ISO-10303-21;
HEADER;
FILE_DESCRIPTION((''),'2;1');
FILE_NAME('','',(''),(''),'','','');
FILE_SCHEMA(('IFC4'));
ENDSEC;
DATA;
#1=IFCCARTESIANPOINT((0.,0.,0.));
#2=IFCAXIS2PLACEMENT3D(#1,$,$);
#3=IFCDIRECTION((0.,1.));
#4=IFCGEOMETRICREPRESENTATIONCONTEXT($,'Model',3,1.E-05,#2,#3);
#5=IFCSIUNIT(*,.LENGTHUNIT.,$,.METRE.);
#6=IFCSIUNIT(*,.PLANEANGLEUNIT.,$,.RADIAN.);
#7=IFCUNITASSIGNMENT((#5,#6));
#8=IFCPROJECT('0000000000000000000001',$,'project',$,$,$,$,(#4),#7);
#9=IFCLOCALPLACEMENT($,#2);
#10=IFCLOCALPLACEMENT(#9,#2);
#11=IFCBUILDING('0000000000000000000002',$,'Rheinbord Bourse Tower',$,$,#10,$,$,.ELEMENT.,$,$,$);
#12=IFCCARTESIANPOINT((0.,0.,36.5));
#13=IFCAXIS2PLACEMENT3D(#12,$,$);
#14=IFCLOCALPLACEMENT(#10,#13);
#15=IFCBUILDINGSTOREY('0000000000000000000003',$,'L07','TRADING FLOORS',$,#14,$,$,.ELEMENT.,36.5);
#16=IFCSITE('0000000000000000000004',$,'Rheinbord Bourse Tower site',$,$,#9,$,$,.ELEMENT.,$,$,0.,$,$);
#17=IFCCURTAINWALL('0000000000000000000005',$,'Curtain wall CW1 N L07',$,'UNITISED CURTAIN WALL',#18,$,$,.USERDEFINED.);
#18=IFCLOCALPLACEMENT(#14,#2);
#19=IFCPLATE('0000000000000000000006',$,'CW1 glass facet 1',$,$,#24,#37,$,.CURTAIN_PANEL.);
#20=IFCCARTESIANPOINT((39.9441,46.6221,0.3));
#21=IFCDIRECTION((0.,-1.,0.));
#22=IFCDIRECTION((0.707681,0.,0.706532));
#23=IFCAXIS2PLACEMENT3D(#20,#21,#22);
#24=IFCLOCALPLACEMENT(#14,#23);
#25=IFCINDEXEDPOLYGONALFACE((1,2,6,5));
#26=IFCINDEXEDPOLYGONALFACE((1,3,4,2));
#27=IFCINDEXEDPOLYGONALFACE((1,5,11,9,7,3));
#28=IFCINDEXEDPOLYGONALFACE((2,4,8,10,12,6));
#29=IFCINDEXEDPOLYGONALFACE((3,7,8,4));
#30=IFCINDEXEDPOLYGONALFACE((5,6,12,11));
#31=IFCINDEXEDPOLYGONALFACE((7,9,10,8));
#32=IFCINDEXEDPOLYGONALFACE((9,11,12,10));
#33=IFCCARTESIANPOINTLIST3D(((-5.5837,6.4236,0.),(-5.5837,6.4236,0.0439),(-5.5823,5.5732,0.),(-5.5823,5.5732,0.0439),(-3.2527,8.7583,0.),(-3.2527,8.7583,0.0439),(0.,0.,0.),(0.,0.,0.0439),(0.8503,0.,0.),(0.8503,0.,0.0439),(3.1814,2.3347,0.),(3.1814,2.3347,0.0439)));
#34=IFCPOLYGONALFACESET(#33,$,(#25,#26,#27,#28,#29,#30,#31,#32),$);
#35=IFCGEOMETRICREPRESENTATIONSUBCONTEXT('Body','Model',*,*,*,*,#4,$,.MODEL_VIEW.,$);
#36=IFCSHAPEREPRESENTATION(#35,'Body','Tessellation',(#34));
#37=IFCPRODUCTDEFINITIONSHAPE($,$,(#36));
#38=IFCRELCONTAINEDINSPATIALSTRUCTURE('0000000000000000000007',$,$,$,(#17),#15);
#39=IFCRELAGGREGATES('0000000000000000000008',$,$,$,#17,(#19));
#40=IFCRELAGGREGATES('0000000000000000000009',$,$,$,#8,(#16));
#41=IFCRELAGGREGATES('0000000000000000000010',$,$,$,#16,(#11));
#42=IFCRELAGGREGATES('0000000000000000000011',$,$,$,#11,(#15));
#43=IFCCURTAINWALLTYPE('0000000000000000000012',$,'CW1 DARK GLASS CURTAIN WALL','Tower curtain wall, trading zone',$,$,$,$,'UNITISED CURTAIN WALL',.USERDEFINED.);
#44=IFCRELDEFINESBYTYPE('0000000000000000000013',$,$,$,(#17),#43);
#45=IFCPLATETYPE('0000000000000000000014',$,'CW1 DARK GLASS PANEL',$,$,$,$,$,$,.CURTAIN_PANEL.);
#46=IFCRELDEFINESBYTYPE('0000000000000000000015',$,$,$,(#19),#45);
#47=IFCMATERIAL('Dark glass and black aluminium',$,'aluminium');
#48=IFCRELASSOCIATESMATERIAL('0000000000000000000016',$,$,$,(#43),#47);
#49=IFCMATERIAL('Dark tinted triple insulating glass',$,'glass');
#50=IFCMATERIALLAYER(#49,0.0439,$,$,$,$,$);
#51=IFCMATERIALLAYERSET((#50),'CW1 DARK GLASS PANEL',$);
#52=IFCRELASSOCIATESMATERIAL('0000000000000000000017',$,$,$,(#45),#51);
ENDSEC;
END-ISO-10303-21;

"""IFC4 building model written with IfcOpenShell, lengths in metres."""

from ifc_helpers import new_model, si_unit, direction, frame, origin, place, context, subcontext, project, spatial, polyline, outline, extrude, material, layer, layer_set, type_object, element, aggregate, save


model = new_model("IFC4")

# Units and contexts
model_context = context("Model", 3, precision=1e-05, world=origin(), true_north=direction((0.0, 1.0)))
body_context = subcontext(model_context, "Body", "Model", "MODEL_VIEW")
ifc_project = project(units=[si_unit("LENGTHUNIT", "METRE"), si_unit("PLANEANGLEUNIT", "RADIAN")], contexts=[model_context])

# Site, building, storey
site_placement = place(None, origin())
site = spatial("IfcSite", under=ifc_project, at=site_placement, Name="Rheinbord Bourse Tower site", CompositionType="ELEMENT", RefElevation=0.0)
building_placement = place(site_placement, origin())
building = spatial("IfcBuilding", under=site, at=building_placement, Name="Rheinbord Bourse Tower", CompositionType="ELEMENT")
storey_placement = place(building_placement, frame((0.0, 0.0, 36.5)))
storey = spatial("IfcBuildingStorey", under=building, at=storey_placement, Name="L07", Description="TRADING FLOORS", CompositionType="ELEMENT", Elevation=36.5)

# Curtain wall
ifc_material_1 = material(Name="Dark glass and black aluminium", Category="aluminium")
curtain_wall_type = type_object("IfcCurtainWallType", Name="CW1 DARK GLASS CURTAIN WALL", Description="Tower curtain wall, trading zone", ElementType="UNITISED CURTAIN WALL", PredefinedType="USERDEFINED", material=ifc_material_1)
curtain_wall_placement = place(storey_placement, origin())
curtain_wall = element("IfcCurtainWall", 1, at=curtain_wall_placement, inside=storey, type_object=curtain_wall_type, Name="Curtain wall CW1 N L07", ObjectType="UNITISED CURTAIN WALL", PredefinedType="USERDEFINED")

# Plate
ifc_material_2 = material(Name="Dark tinted triple insulating glass", Category="glass")
ifc_layer_1 = layer(ifc_material_2, 0.0439)
ifc_layer_set_1 = layer_set([ifc_layer_1], Name="CW1 DARK GLASS PANEL")
plate_type = type_object("IfcPlateType", Name="CW1 DARK GLASS PANEL", PredefinedType="CURTAIN_PANEL", material=ifc_layer_set_1)
plate_1_placement = place(storey_placement, frame((39.9441, 46.6221, 0.3), z_axis=(0.0, -1.0, 0.0), x_axis=(0.707681, 0.0, 0.706532)))
plate_1 = element("IfcPlate", 2, at=plate_1_placement, type_object=plate_type, Name="CW1 glass facet 1", PredefinedType="CURTAIN_PANEL", context=body_context, shape_type="SweptSolid", body=[
    extrude(outline(polyline([(0.0, 0.0), (0.8503, 0.0), (3.1814, 2.3347), (-3.2527, 8.7583), (-5.5837, 6.4236), (-5.5823, 5.5732), (0.0, 0.0)])), origin(), (0.0, 0.0, 1.0), 0.0439),
])
aggregate(curtain_wall, [plate_1])

save(model, "model.ifc")
